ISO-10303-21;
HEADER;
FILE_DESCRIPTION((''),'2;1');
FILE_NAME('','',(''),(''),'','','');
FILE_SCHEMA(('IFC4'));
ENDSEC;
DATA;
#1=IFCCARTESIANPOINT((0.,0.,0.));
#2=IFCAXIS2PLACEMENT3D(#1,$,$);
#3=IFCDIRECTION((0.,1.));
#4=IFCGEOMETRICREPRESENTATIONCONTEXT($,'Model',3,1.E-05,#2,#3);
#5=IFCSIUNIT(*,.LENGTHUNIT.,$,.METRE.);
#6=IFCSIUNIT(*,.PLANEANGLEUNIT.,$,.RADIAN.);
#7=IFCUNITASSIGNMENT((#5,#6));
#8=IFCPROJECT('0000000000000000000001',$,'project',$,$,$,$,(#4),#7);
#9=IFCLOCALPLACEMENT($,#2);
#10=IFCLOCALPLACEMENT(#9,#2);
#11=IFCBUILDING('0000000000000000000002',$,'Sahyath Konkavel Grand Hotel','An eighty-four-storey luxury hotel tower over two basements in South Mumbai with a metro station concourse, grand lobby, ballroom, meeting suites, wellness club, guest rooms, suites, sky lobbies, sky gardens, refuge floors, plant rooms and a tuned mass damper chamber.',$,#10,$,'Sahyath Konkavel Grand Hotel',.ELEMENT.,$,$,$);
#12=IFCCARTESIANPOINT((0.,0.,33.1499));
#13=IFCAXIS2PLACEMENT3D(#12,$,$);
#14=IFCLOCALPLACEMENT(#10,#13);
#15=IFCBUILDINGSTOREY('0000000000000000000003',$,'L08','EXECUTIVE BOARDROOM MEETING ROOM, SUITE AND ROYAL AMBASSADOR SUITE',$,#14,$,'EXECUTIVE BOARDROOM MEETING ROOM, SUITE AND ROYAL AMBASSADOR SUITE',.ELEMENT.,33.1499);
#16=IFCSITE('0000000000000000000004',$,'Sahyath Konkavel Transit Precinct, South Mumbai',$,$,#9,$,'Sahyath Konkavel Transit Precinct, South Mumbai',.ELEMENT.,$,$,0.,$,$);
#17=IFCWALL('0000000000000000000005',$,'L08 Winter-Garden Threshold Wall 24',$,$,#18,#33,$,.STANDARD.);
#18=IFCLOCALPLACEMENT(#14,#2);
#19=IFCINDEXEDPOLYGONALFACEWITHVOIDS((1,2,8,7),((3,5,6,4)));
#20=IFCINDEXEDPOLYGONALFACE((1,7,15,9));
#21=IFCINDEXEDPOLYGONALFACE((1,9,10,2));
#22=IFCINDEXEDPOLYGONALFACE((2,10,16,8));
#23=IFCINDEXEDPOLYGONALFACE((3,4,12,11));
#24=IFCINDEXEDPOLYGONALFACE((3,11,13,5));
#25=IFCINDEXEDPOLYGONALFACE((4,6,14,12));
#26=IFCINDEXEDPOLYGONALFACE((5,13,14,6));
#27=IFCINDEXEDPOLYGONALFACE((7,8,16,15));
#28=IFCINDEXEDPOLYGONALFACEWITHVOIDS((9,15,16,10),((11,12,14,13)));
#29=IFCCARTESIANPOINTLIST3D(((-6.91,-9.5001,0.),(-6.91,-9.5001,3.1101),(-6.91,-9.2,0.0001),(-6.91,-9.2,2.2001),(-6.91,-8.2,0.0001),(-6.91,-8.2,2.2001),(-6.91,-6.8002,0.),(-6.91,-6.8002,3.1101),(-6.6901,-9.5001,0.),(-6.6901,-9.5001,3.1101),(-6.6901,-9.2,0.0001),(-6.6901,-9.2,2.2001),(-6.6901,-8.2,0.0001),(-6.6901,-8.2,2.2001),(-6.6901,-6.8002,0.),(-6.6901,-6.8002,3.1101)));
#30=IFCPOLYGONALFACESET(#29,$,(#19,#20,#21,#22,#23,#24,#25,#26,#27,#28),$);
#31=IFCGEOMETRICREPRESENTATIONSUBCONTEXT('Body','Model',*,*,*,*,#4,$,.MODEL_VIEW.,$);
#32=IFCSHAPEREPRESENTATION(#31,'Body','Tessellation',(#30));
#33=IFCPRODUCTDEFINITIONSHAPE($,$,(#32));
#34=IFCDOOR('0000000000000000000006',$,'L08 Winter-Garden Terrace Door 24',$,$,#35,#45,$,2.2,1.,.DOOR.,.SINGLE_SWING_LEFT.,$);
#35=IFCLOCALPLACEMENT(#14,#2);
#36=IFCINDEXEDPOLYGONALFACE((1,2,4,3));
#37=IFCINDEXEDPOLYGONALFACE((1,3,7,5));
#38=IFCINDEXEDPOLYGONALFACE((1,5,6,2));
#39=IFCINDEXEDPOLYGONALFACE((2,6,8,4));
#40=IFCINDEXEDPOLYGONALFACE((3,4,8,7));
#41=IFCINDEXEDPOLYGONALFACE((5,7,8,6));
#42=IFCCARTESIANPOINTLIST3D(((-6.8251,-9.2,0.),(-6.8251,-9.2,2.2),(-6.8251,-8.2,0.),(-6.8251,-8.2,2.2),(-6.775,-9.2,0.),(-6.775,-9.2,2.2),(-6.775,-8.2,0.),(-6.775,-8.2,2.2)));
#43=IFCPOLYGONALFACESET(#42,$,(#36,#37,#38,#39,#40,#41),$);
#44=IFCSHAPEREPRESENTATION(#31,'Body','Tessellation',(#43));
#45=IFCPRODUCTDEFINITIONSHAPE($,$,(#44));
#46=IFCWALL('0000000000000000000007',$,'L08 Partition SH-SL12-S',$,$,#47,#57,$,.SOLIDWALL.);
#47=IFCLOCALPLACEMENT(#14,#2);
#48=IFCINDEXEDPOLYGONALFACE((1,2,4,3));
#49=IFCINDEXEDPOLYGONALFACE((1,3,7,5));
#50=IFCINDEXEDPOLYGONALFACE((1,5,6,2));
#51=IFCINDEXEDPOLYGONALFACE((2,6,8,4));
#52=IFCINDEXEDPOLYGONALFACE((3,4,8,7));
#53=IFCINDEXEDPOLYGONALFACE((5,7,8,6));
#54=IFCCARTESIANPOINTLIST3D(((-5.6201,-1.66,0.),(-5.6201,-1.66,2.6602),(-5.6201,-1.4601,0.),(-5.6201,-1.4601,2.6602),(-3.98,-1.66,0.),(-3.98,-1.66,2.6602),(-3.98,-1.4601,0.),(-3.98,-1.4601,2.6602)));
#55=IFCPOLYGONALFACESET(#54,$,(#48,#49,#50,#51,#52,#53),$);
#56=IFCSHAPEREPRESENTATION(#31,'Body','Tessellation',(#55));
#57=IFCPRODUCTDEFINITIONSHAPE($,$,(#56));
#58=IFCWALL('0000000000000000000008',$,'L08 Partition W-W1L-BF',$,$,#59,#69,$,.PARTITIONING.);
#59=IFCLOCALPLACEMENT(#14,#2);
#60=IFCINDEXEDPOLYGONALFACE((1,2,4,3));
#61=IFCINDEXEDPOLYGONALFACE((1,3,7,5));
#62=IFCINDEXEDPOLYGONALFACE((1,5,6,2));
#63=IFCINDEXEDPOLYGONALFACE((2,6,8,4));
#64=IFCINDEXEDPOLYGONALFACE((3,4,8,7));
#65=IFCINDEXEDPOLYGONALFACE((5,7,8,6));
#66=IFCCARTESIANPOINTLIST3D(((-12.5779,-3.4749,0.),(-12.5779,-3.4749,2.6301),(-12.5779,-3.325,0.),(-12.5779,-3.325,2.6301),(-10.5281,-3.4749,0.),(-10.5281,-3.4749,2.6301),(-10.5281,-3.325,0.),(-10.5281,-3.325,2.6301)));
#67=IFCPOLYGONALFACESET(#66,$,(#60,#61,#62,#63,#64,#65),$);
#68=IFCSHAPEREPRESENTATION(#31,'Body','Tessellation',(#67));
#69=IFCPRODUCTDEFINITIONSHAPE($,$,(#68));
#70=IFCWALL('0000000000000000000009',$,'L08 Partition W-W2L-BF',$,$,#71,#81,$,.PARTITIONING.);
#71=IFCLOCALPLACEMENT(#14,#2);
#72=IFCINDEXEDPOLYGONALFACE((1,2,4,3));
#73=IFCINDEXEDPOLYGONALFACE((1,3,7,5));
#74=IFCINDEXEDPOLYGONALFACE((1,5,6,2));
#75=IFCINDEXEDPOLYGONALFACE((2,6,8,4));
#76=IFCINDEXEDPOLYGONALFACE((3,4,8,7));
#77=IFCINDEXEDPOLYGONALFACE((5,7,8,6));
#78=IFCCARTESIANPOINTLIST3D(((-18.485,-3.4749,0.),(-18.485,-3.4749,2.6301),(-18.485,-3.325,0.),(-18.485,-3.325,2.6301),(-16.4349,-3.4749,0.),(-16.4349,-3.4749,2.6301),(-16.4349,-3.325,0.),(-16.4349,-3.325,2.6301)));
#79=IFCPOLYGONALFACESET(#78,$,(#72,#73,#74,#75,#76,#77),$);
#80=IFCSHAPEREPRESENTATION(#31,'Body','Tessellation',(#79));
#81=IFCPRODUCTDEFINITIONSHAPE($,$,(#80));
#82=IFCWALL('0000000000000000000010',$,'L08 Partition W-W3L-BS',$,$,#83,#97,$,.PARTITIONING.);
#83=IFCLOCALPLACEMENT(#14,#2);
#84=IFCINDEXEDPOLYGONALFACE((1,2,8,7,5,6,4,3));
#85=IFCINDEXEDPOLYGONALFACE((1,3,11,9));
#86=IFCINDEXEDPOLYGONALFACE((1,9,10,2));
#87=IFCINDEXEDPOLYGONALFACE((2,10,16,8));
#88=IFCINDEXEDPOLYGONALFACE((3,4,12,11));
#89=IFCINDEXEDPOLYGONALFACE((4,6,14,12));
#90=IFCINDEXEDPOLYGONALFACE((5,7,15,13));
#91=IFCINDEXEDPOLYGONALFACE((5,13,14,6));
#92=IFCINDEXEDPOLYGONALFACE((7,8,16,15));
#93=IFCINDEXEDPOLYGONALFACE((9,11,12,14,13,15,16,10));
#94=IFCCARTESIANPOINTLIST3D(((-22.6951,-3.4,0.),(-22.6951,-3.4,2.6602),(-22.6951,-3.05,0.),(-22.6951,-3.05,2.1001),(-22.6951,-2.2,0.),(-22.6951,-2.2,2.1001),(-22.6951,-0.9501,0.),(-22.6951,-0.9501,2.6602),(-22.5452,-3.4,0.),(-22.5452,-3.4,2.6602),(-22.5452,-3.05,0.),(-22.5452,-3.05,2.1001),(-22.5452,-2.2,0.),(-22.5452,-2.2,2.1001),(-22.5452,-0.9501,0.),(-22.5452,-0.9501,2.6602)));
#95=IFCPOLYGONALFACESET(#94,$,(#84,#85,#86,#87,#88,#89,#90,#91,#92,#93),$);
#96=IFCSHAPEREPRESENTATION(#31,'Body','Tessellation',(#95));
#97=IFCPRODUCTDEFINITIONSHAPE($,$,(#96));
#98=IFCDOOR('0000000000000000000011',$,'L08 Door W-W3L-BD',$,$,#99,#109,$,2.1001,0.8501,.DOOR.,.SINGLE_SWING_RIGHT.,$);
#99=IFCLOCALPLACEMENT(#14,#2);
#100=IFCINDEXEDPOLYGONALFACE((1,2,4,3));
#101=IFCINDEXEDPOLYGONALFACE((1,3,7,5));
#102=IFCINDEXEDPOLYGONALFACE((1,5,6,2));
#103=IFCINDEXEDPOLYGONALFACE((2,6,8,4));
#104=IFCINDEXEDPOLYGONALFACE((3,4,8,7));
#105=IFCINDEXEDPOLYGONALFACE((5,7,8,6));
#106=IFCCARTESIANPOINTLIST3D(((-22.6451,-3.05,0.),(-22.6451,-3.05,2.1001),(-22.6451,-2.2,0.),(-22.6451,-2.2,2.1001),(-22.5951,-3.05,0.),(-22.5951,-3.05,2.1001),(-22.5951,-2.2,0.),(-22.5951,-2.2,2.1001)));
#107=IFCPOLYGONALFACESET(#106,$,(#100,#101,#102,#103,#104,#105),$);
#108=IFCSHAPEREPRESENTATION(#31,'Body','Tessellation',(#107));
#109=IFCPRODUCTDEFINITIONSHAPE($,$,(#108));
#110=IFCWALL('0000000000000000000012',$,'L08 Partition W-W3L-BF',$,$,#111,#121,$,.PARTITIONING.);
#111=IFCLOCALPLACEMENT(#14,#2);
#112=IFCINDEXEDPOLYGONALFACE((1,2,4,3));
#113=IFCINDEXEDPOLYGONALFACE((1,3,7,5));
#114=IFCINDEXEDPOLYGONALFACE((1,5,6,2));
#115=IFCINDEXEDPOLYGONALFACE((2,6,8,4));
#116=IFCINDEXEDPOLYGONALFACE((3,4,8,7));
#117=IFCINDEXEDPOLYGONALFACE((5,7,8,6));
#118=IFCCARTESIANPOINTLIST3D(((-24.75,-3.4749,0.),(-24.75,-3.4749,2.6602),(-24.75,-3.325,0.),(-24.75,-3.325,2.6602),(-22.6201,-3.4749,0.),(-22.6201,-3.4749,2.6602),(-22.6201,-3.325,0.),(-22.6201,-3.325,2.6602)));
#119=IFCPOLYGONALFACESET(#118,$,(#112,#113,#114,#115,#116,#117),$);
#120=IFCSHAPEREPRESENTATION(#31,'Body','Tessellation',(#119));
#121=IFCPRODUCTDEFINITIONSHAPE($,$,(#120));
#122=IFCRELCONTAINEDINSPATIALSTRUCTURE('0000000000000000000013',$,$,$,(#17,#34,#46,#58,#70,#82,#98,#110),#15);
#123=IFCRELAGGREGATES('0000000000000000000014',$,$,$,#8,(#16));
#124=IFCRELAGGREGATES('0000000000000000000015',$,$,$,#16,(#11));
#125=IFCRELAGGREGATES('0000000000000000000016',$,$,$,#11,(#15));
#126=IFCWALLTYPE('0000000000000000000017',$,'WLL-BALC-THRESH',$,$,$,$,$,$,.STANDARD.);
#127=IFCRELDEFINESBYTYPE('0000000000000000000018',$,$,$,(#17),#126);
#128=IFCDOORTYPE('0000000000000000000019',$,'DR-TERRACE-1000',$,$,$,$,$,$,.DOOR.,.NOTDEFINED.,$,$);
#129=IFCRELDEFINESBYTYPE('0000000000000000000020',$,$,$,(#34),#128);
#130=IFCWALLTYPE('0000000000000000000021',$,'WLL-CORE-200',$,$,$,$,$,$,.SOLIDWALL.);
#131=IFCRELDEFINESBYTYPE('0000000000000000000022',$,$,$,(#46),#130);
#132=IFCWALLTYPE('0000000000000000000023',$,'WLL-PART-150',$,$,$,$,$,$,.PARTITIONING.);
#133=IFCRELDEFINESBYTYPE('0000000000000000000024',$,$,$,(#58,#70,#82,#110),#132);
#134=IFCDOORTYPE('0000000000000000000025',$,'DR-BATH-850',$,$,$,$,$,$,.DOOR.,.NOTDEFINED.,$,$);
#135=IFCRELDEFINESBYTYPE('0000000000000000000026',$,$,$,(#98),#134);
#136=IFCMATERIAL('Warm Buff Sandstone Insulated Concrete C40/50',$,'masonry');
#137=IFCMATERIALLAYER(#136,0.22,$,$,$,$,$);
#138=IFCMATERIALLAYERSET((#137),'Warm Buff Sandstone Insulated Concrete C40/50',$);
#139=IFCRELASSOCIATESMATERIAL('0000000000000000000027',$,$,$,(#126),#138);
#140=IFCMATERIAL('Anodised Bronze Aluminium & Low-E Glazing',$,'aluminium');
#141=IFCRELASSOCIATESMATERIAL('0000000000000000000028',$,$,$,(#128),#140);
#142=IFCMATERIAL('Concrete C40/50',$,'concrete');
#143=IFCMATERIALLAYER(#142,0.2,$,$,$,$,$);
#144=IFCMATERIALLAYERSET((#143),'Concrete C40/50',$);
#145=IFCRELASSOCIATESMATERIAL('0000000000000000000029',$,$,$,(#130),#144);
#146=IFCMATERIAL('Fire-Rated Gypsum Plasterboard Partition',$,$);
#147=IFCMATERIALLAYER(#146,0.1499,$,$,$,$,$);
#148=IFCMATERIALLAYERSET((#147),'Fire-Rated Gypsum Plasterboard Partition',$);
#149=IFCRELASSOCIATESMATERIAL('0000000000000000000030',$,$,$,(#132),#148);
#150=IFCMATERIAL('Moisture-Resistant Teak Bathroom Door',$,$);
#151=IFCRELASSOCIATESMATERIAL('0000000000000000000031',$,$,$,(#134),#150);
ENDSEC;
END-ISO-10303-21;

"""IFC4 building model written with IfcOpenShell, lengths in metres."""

from ifc_helpers import new_model, si_unit, direction, frame, frame_2d, origin, origin_2d, place, context, subcontext, project, spatial, rectangle, extrude, source, transform, mapped, material, layer, layer_set, type_object, element, fill, save


model = new_model("IFC4")

# Units and contexts
model_context = context("Model", 3, precision=1e-05, world=origin(), true_north=direction((0.0, 1.0)))
body_context = subcontext(model_context, "Body", "Model", "MODEL_VIEW")
ifc_project = project(units=[si_unit("LENGTHUNIT", "METRE"), si_unit("PLANEANGLEUNIT", "RADIAN")], contexts=[model_context])

# Site, building, storey
site_placement = place(None, origin())
site = spatial("IfcSite", under=ifc_project, at=site_placement, Name="Sahyath Konkavel Transit Precinct, South Mumbai", LongName="Sahyath Konkavel Transit Precinct, South Mumbai", CompositionType="ELEMENT", RefElevation=0.0)
building_placement = place(site_placement, origin())
building = spatial("IfcBuilding", under=site, at=building_placement, Name="Sahyath Konkavel Grand Hotel", Description="An eighty-four-storey luxury hotel tower over two basements in South Mumbai with a metro station concourse, grand lobby, ballroom, meeting suites, wellness club, guest rooms, suites, sky lobbies, sky gardens, refuge floors, plant rooms and a tuned mass damper chamber.", LongName="Sahyath Konkavel Grand Hotel", CompositionType="ELEMENT")
storey_placement = place(building_placement, frame((0.0, 0.0, 33.1499)))
storey = spatial("IfcBuildingStorey", under=building, at=storey_placement, Name="L08", Description="EXECUTIVE BOARDROOM MEETING ROOM, SUITE AND ROYAL AMBASSADOR SUITE", LongName="EXECUTIVE BOARDROOM MEETING ROOM, SUITE AND ROYAL AMBASSADOR SUITE", CompositionType="ELEMENT", Elevation=33.1499)

# Shared definitions
ifc_material_1 = material(Name="Anodised Bronze Aluminium & Low-E Glazing", Category="aluminium")

# Shared definitions
ifc_material_2 = material(Name="Warm Buff Sandstone Insulated Concrete C40/50", Category="masonry")
ifc_layer_1 = layer(ifc_material_2, 0.22)
ifc_layer_set_1 = layer_set([ifc_layer_1], Name="Warm Buff Sandstone Insulated Concrete C40/50")
wall_type_1 = type_object("IfcWallType", Name="WLL-BALC-THRESH", PredefinedType="STANDARD", material=ifc_layer_set_1)

# Wall, opening, door
wall_1_placement = place(storey_placement, frame((-6.8, -6.8, 0.0), z_axis=(0.0, 0.0, 1.0), x_axis=(0.0, -1.0, 0.0)))
wall_1 = element("IfcWall", 1, at=wall_1_placement, inside=storey, type_object=wall_type_1, Name="L08 Winter-Garden Threshold Wall 24", PredefinedType="STANDARD", context=body_context, shape_type="SweptSolid", body=[
    extrude(rectangle(XDim=2.7, YDim=0.22, at=frame_2d((1.3501, 0.0))), origin(), (0.0, 0.0, 1.0), 3.1101),
])
opening_1_placement = place(wall_1_placement, frame((1.3999, 0.0, 0.0)))
opening_1 = element("IfcOpeningElement", 2, at=opening_1_placement, cuts=wall_1, PredefinedType="OPENING", context=body_context, shape_type="SweptSolid", body=[
    extrude(rectangle(XDim=1.0, YDim=2.2, at=frame_2d((0.5, 1.1001))), frame((0.0, 0.1201, 0.0), z_axis=(0.0, -1.0, 0.0), x_axis=(1.0, 0.0, 0.0)), (0.0, 0.0, 1.0), 0.24),
])
door_type_1 = type_object("IfcDoorType", Name="DR-TERRACE-1000", OperationType="NOTDEFINED", PredefinedType="DOOR", material=ifc_material_1)
shared_shape_1 = source(origin(), body_context, "Body", "SweptSolid", [
    extrude(rectangle(XDim=1.0, YDim=0.05, at=origin_2d()), origin(), (0.0, 0.0, 1.0), 2.2),
])
door_1_placement = place(opening_1_placement, frame((0.5, 0.0, 0.0)))
door_1 = element("IfcDoor", 3, at=door_1_placement, inside=storey, type_object=door_type_1, Name="L08 Winter-Garden Terrace Door 24", OperationType="SINGLE_SWING_LEFT", OverallHeight=2.2, OverallWidth=1.0, PredefinedType="DOOR", context=body_context, shape_type="MappedRepresentation", body=[
    mapped(shared_shape_1, transform((0.0, 0.0, 0.0), scale=1.0)),
])
fill(opening_1, door_1)

# Walls
ifc_material_3 = material(Name="Concrete C40/50", Category="concrete")
ifc_layer_2 = layer(ifc_material_3, 0.2)
ifc_layer_set_2 = layer_set([ifc_layer_2], Name="Concrete C40/50")
wall_type_2 = type_object("IfcWallType", Name="WLL-CORE-200", PredefinedType="SOLIDWALL", material=ifc_layer_set_2)
wall_2_placement = place(storey_placement, frame((-5.6201, -1.5601, 0.0), z_axis=(0.0, 0.0, 1.0), x_axis=(1.0, 0.0, 0.0)))
element("IfcWall", 4, at=wall_2_placement, inside=storey, type_object=wall_type_2, Name="L08 Partition SH-SL12-S", PredefinedType="SOLIDWALL", context=body_context, shape_type="SweptSolid", body=[
    extrude(rectangle(XDim=1.6401, YDim=0.2, at=frame_2d((0.8201, 0.0))), origin(), (0.0, 0.0, 1.0), 2.6602),
])
ifc_material_4 = material(Name="Fire-Rated Gypsum Plasterboard Partition")
ifc_layer_3 = layer(ifc_material_4, 0.1499)
ifc_layer_set_3 = layer_set([ifc_layer_3], Name="Fire-Rated Gypsum Plasterboard Partition")
wall_type_3 = type_object("IfcWallType", Name="WLL-PART-150", PredefinedType="PARTITIONING", material=ifc_layer_set_3)
wall_3_placement = place(storey_placement, frame((-10.5281, -3.3999, 0.0), z_axis=(0.0, 0.0, 1.0), x_axis=(-1.0, 0.0, 0.0)))
element("IfcWall", 5, at=wall_3_placement, inside=storey, type_object=wall_type_3, Name="L08 Partition W-W1L-BF", PredefinedType="PARTITIONING", context=body_context, shape_type="SweptSolid", body=[
    extrude(rectangle(XDim=2.0498, YDim=0.1499, at=frame_2d((1.0249, 0.0))), origin(), (0.0, 0.0, 1.0), 2.6301),
])
wall_4_placement = place(storey_placement, frame((-16.4351, -3.3999, 0.0), z_axis=(0.0, 0.0, 1.0), x_axis=(-1.0, 0.0, 0.0)))
element("IfcWall", 6, at=wall_4_placement, inside=storey, type_object=wall_type_3, Name="L08 Partition W-W2L-BF", PredefinedType="PARTITIONING", context=body_context, shape_type="SweptSolid", body=[
    extrude(rectangle(XDim=2.05, YDim=0.1499, at=frame_2d((1.0249, 0.0))), origin(), (0.0, 0.0, 1.0), 2.6301),
])

# Wall, opening, door
wall_5_placement = place(storey_placement, frame((-22.6201, -0.95, 0.0), z_axis=(0.0, 0.0, 1.0), x_axis=(0.0, -1.0, 0.0)))
wall_5 = element("IfcWall", 7, at=wall_5_placement, inside=storey, type_object=wall_type_3, Name="L08 Partition W-W3L-BS", PredefinedType="PARTITIONING", context=body_context, shape_type="SweptSolid", body=[
    extrude(rectangle(XDim=2.45, YDim=0.1499, at=frame_2d((1.2251, 0.0))), origin(), (0.0, 0.0, 1.0), 2.6602),
])
opening_2_placement = place(wall_5_placement, frame((1.25, 0.0, 0.0)))
opening_2 = element("IfcOpeningElement", 8, at=opening_2_placement, cuts=wall_5, PredefinedType="OPENING", context=body_context, shape_type="SweptSolid", body=[
    extrude(rectangle(XDim=0.8501, YDim=2.1001, at=frame_2d((0.425, 1.05))), frame((0.0, 0.085, 0.0), z_axis=(0.0, -1.0, 0.0), x_axis=(1.0, 0.0, 0.0)), (0.0, 0.0, 1.0), 0.1699),
])
ifc_material_5 = material(Name="Moisture-Resistant Teak Bathroom Door")
door_type_2 = type_object("IfcDoorType", Name="DR-BATH-850", OperationType="NOTDEFINED", PredefinedType="DOOR", material=ifc_material_5)
shared_shape_2 = source(origin(), body_context, "Body", "SweptSolid", [
    extrude(rectangle(XDim=0.8501, YDim=0.05, at=origin_2d()), origin(), (0.0, 0.0, 1.0), 2.1001),
])
door_2_placement = place(opening_2_placement, frame((0.425, 0.0, 0.0)))
door_2 = element("IfcDoor", 9, at=door_2_placement, inside=storey, type_object=door_type_2, Name="L08 Door W-W3L-BD", OperationType="SINGLE_SWING_RIGHT", OverallHeight=2.1001, OverallWidth=0.8501, PredefinedType="DOOR", context=body_context, shape_type="MappedRepresentation", body=[
    mapped(shared_shape_2, transform((0.0, 0.0, 0.0), scale=1.0)),
])
fill(opening_2, door_2)

# Wall
wall_6_placement = place(storey_placement, frame((-22.6201, -3.3999, 0.0), z_axis=(0.0, 0.0, 1.0), x_axis=(-1.0, 0.0, 0.0)))
element("IfcWall", 10, at=wall_6_placement, inside=storey, type_object=wall_type_3, Name="L08 Partition W-W3L-BF", PredefinedType="PARTITIONING", context=body_context, shape_type="SweptSolid", body=[
    extrude(rectangle(XDim=2.1299, YDim=0.1499, at=frame_2d((1.0649, 0.0))), origin(), (0.0, 0.0, 1.0), 2.6602),
])

save(model, "model.ifc")
